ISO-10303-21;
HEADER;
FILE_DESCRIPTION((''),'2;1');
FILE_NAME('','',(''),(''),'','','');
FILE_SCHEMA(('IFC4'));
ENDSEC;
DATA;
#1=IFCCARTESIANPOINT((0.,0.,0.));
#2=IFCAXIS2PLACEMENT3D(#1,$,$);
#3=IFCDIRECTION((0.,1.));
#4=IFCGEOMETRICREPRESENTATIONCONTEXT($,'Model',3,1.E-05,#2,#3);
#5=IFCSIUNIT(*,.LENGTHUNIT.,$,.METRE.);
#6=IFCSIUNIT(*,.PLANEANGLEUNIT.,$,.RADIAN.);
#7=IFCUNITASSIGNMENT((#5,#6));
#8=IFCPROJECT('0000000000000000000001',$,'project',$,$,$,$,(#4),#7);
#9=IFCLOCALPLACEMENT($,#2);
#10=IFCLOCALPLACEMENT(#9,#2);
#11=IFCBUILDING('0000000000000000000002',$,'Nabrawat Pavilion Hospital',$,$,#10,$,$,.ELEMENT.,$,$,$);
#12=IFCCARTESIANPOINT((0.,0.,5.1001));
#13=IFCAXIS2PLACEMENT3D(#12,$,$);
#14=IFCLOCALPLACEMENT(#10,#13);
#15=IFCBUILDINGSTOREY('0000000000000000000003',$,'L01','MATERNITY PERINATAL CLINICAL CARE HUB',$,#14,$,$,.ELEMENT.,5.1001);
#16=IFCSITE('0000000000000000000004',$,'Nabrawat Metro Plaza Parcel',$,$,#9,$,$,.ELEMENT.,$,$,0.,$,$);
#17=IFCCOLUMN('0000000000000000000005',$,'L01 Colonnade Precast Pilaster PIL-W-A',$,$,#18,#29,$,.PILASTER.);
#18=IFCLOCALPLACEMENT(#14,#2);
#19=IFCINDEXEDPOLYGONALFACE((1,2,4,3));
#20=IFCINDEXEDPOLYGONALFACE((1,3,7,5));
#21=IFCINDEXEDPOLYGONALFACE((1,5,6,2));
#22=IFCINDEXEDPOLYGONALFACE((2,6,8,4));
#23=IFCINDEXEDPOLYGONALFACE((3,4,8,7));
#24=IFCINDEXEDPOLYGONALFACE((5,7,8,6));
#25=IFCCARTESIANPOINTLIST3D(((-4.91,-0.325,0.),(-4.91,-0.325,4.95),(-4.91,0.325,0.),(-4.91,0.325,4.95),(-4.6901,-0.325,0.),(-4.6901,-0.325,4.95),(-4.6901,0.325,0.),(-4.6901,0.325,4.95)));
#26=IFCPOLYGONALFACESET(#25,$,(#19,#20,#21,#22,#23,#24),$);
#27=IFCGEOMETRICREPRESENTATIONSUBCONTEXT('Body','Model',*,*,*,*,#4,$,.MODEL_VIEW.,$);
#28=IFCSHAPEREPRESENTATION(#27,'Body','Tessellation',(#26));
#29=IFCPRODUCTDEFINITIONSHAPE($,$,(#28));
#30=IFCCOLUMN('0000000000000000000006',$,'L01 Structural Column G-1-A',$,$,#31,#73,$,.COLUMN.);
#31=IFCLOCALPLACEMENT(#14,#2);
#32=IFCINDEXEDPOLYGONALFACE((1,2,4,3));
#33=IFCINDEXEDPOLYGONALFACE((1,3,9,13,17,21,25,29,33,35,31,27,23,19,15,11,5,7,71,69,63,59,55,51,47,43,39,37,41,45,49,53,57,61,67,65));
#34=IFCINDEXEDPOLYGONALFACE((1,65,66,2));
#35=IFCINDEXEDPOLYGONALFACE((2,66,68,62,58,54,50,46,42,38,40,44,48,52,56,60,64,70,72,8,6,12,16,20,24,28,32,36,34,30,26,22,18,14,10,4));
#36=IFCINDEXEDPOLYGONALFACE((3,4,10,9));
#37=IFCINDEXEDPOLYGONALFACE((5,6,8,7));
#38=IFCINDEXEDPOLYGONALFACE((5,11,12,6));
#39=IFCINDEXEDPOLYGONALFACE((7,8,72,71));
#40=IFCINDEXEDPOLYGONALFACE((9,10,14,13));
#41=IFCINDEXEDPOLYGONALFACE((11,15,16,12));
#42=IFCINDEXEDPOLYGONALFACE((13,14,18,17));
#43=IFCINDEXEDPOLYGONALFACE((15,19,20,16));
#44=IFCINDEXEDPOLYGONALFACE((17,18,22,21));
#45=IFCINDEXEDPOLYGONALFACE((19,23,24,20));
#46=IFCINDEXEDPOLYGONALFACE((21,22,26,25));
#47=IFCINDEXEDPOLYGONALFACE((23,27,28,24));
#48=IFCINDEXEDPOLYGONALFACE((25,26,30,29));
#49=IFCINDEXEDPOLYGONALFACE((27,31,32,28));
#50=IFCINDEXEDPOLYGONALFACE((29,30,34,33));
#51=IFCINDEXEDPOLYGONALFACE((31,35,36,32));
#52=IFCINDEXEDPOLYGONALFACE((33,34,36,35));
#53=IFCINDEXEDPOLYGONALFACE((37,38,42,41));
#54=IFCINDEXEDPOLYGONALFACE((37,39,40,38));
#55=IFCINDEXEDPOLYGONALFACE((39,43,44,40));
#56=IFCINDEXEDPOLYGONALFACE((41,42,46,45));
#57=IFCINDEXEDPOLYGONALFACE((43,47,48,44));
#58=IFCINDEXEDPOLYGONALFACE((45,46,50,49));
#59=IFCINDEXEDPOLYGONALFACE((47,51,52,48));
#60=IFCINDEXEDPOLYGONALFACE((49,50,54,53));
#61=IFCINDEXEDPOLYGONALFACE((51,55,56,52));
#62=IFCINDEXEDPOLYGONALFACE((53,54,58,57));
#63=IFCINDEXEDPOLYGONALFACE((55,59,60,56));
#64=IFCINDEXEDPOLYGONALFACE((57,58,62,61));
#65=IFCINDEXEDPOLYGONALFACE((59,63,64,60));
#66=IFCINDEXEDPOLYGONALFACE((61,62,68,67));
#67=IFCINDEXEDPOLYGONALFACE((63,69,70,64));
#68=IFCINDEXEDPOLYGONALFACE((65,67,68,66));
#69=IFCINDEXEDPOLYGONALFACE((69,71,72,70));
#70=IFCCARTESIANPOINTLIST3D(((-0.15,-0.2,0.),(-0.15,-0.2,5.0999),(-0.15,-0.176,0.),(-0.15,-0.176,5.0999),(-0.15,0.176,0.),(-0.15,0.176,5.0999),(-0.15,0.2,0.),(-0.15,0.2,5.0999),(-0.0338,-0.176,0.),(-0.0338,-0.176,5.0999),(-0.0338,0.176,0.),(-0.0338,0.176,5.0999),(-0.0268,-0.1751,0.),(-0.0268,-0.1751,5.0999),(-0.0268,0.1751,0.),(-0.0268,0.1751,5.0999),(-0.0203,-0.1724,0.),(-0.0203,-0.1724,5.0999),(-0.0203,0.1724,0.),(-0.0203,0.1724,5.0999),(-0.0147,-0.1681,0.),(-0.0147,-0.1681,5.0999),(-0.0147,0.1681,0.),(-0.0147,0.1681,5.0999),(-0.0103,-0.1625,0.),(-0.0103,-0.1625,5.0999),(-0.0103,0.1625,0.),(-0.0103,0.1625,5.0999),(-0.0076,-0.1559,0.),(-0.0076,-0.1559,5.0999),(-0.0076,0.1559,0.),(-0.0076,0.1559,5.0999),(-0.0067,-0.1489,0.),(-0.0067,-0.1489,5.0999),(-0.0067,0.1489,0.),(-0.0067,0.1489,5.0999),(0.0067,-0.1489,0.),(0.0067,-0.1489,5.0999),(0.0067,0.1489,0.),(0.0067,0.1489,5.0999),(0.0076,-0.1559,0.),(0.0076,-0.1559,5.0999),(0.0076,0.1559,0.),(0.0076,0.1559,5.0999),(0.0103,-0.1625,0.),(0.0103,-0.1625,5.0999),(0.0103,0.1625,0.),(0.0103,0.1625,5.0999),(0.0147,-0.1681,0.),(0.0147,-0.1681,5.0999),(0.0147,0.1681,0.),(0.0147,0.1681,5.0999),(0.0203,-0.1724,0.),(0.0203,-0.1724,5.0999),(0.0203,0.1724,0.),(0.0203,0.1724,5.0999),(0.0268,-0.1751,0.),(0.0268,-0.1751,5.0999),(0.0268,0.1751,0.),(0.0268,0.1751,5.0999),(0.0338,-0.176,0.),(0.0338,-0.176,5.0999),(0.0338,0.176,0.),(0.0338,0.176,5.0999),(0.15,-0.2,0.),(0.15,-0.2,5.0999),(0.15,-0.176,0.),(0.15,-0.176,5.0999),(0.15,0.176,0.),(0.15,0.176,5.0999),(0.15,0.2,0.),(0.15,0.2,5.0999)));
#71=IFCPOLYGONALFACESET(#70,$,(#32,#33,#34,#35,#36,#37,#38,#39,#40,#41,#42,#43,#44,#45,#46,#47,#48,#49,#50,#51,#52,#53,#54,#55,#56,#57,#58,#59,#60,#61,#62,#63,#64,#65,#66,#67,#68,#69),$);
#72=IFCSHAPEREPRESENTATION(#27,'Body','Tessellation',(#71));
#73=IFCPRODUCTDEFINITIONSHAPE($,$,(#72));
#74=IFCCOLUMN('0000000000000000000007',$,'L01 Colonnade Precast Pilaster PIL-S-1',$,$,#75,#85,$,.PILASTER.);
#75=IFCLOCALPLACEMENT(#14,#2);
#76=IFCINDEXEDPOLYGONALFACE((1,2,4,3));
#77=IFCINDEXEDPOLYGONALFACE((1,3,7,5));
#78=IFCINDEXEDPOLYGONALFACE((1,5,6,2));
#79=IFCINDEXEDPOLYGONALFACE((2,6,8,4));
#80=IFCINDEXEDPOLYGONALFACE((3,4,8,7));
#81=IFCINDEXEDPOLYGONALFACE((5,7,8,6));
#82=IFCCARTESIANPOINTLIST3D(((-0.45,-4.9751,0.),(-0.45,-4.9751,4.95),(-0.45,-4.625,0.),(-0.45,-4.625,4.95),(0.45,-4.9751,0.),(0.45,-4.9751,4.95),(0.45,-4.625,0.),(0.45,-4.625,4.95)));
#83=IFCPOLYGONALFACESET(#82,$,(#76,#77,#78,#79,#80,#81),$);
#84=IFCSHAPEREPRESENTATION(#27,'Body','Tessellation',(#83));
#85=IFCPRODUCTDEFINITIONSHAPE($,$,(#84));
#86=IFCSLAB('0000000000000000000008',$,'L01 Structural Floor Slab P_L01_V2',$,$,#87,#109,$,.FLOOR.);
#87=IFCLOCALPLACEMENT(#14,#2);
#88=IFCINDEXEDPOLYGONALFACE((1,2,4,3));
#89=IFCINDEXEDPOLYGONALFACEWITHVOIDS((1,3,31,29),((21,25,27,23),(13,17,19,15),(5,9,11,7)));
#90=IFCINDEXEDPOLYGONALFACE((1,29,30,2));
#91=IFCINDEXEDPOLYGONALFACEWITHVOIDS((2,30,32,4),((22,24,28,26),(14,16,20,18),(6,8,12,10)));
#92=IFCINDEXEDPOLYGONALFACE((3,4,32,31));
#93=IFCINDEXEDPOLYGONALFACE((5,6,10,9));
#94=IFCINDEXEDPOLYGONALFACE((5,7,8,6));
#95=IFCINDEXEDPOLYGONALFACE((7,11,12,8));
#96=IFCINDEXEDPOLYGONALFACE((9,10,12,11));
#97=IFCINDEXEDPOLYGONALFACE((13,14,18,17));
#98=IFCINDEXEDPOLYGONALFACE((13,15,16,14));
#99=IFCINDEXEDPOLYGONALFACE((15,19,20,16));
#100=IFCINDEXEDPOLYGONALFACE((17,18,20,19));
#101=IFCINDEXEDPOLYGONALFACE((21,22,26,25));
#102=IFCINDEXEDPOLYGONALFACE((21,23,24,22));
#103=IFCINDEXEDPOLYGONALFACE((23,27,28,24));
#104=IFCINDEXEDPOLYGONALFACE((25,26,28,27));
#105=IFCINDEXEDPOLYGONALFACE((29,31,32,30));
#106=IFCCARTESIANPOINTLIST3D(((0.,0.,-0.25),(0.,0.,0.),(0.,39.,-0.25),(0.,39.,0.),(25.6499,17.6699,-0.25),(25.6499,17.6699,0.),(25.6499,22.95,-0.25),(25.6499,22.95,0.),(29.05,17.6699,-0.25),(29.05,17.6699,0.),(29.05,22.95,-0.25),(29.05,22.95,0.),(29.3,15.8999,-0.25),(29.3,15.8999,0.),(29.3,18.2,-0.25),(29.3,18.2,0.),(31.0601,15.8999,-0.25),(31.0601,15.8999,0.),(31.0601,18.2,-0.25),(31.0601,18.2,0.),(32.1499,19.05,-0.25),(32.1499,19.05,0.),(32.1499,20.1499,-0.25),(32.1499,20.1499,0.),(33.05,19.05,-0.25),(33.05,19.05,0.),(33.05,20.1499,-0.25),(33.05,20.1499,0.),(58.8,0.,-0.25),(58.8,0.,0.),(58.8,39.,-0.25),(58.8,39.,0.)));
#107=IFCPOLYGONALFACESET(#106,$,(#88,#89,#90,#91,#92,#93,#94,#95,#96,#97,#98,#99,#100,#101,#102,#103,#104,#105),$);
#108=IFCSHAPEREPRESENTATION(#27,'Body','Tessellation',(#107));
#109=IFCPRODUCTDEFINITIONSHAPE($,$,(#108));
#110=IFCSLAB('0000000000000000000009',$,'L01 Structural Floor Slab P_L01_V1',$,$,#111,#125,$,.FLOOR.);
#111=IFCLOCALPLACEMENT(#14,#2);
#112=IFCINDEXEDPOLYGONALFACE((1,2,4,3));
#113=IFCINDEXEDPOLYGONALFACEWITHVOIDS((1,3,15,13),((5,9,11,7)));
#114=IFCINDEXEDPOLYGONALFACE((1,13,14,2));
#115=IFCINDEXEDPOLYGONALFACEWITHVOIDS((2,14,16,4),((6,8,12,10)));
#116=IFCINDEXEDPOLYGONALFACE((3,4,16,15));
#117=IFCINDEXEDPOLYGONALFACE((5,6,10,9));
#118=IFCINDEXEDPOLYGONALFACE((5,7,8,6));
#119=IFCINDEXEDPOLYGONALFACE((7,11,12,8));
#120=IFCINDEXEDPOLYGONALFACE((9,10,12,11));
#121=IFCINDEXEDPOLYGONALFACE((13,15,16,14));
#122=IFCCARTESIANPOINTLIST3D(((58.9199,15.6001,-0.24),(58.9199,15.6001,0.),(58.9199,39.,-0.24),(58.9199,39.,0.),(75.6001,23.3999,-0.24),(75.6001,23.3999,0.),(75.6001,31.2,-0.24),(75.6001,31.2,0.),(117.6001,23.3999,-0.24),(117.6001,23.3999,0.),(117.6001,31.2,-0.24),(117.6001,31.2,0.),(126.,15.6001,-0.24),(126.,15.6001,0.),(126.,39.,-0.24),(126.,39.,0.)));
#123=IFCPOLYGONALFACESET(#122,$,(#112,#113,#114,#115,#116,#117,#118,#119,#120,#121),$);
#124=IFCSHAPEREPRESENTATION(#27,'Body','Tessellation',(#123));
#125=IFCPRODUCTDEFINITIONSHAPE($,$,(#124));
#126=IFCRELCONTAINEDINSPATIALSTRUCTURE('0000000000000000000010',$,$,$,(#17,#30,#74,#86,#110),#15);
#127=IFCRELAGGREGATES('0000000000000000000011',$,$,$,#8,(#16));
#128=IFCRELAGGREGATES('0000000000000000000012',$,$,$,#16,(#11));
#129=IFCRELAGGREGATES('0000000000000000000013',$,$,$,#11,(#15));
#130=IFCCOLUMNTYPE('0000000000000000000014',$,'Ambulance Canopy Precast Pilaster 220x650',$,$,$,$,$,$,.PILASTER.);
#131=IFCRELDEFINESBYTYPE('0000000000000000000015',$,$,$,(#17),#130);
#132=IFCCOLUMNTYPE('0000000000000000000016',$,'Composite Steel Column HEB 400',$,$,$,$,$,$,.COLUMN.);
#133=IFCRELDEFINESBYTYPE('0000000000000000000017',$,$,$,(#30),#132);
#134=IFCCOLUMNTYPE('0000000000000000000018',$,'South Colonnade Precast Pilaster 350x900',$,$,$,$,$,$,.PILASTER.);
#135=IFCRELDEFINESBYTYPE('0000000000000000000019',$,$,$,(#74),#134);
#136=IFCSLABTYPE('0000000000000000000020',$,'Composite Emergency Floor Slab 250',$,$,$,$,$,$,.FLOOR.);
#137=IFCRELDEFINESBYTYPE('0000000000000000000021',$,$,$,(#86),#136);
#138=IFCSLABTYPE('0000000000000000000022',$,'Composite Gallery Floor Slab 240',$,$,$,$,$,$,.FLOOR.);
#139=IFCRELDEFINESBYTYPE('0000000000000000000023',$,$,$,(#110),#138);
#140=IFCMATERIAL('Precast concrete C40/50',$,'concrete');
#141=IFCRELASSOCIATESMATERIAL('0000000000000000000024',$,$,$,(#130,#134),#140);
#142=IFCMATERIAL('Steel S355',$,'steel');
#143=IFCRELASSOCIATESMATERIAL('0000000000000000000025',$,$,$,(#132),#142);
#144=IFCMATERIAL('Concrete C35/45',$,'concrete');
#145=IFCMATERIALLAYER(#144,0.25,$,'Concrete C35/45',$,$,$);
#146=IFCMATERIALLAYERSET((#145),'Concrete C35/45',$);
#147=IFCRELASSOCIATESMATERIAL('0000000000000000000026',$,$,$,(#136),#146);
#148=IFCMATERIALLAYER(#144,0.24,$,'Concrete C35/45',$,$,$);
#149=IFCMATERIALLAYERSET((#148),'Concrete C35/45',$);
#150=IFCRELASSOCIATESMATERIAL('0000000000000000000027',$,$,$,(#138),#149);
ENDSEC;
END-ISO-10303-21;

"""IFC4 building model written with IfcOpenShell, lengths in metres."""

from ifc_helpers import new_model, si_unit, direction, frame, origin, origin_with_axes, origin_2d, place, context, subcontext, project, spatial, polyline, rectangle, i_section, outline, extrude, material, layer, layer_set, material_profile, profile_set, type_object, element, save


model = new_model("IFC4")

# Units and contexts
model_context = context("Model", 3, precision=1e-05, world=origin(), true_north=direction((0.0, 1.0)))
body_context = subcontext(model_context, "Body", "Model", "MODEL_VIEW")
ifc_project = project(units=[si_unit("LENGTHUNIT", "METRE"), si_unit("PLANEANGLEUNIT", "RADIAN")], contexts=[model_context])

# Site, building, storey
site_placement = place(None, origin())
site = spatial("IfcSite", under=ifc_project, at=site_placement, Name="Nabrawat Metro Plaza Parcel", CompositionType="ELEMENT", RefElevation=0.0)
building_placement = place(site_placement, origin())
building = spatial("IfcBuilding", under=site, at=building_placement, Name="Nabrawat Pavilion Hospital", CompositionType="ELEMENT")
storey_placement = place(building_placement, frame((0.0, 0.0, 5.1001)))
storey = spatial("IfcBuildingStorey", under=building, at=storey_placement, Name="L01", Description="MATERNITY PERINATAL CLINICAL CARE HUB", CompositionType="ELEMENT", Elevation=5.1001)

# Columns
ifc_material_1 = material(Name="Precast concrete C40/50", Category="concrete")
ifc_material_profile_1 = material_profile(ifc_material_1, rectangle(XDim=0.22, YDim=0.6499, at=origin_2d()), Name="PC 220x650")
ifc_profile_set_1 = profile_set([ifc_material_profile_1], Name="Precast concrete C40/50")
column_type_1 = type_object("IfcColumnType", Name="Ambulance Canopy Precast Pilaster 220x650", PredefinedType="PILASTER", material=ifc_profile_set_1)
column_1_placement = place(storey_placement, frame((-4.8, 0.0, 0.0), z_axis=(0.0, 0.0, 1.0), x_axis=(1.0, 0.0, 0.0)))
element("IfcColumn", 1, at=column_1_placement, inside=storey, type_object=column_type_1, Name="L01 Colonnade Precast Pilaster PIL-W-A", PredefinedType="PILASTER", context=body_context, shape_type="SweptSolid", body=[
    extrude(rectangle(XDim=0.22, YDim=0.6499, at=origin_2d()), origin(), (0.0, 0.0, 1.0), 4.95),
])
ifc_material_2 = material(Name="Steel S355", Category="steel")
ifc_material_profile_2 = material_profile(ifc_material_2, i_section(OverallWidth=0.3, OverallDepth=0.3999, WebThickness=0.0134, FlangeThickness=0.0239, FilletRadius=0.0271, at=origin_2d()), Name="HEB 400")
ifc_profile_set_2 = profile_set([ifc_material_profile_2], Name="Steel S355")
column_type_2 = type_object("IfcColumnType", Name="Composite Steel Column HEB 400", PredefinedType="COLUMN", material=ifc_profile_set_2)
column_2_placement = place(storey_placement, origin_with_axes())
element("IfcColumn", 2, at=column_2_placement, inside=storey, type_object=column_type_2, Name="L01 Structural Column G-1-A", PredefinedType="COLUMN", context=body_context, shape_type="SweptSolid", body=[
    extrude(i_section(OverallWidth=0.3, OverallDepth=0.3999, WebThickness=0.0134, FlangeThickness=0.0239, FilletRadius=0.0271, at=origin_2d()), origin(), (0.0, 0.0, 1.0), 5.0999),
])
ifc_material_profile_3 = material_profile(ifc_material_1, rectangle(XDim=0.3501, YDim=0.8999, at=origin_2d()), Name="PC 350x900")
ifc_profile_set_3 = profile_set([ifc_material_profile_3], Name="Precast concrete C40/50")
column_type_3 = type_object("IfcColumnType", Name="South Colonnade Precast Pilaster 350x900", PredefinedType="PILASTER", material=ifc_profile_set_3)
column_3_placement = place(storey_placement, frame((0.0, -4.8, 0.0), z_axis=(0.0, 0.0, 1.0), x_axis=(0.0, 1.0, 0.0)))
element("IfcColumn", 3, at=column_3_placement, inside=storey, type_object=column_type_3, Name="L01 Colonnade Precast Pilaster PIL-S-1", PredefinedType="PILASTER", context=body_context, shape_type="SweptSolid", body=[
    extrude(rectangle(XDim=0.3501, YDim=0.8999, at=origin_2d()), origin(), (0.0, 0.0, 1.0), 4.95),
])

# Slabs
ifc_material_3 = material(Name="Concrete C35/45", Category="concrete")
ifc_layer_1 = layer(ifc_material_3, 0.25, Name="Concrete C35/45")
ifc_layer_set_1 = layer_set([ifc_layer_1], Name="Concrete C35/45")
slab_type_1 = type_object("IfcSlabType", Name="Composite Emergency Floor Slab 250", PredefinedType="FLOOR", material=ifc_layer_set_1)
slab_1_placement = place(storey_placement, frame((0.0, 0.0, -0.25)))
element("IfcSlab", 4, at=slab_1_placement, inside=storey, type_object=slab_type_1, Name="L01 Structural Floor Slab P_L01_V2", PredefinedType="FLOOR", context=body_context, shape_type="SweptSolid", body=[
    extrude(outline(polyline([(0.0, 0.0), (58.8, 0.0), (58.8, 39.0), (0.0, 39.0), (0.0, 0.0)]), holes=[polyline([(32.1499, 19.05), (32.1499, 20.1499), (33.05, 20.1499), (33.05, 19.05), (32.1499, 19.05)]), polyline([(31.0601, 18.2), (31.0601, 15.8999), (29.3, 15.8999), (29.3, 18.2), (31.0601, 18.2)]), polyline([(29.05, 17.6699), (25.6499, 17.6699), (25.6499, 22.95), (29.05, 22.95), (29.05, 17.6699)])]), origin(), (0.0, 0.0, 1.0), 0.25),
])
ifc_layer_2 = layer(ifc_material_3, 0.24, Name="Concrete C35/45")
ifc_layer_set_2 = layer_set([ifc_layer_2], Name="Concrete C35/45")
slab_type_2 = type_object("IfcSlabType", Name="Composite Gallery Floor Slab 240", PredefinedType="FLOOR", material=ifc_layer_set_2)
slab_2_placement = place(storey_placement, frame((0.0, 0.0, -0.24)))
element("IfcSlab", 5, at=slab_2_placement, inside=storey, type_object=slab_type_2, Name="L01 Structural Floor Slab P_L01_V1", PredefinedType="FLOOR", context=body_context, shape_type="SweptSolid", body=[
    extrude(outline(polyline([(58.9199, 15.6001), (126.0, 15.6001), (126.0, 39.0), (58.9199, 39.0), (58.9199, 15.6001)]), holes=[polyline([(75.6001, 23.3999), (75.6001, 31.2), (117.6001, 31.2), (117.6001, 23.3999), (75.6001, 23.3999)])]), origin(), (0.0, 0.0, 1.0), 0.24),
])

save(model, "model.ifc")
